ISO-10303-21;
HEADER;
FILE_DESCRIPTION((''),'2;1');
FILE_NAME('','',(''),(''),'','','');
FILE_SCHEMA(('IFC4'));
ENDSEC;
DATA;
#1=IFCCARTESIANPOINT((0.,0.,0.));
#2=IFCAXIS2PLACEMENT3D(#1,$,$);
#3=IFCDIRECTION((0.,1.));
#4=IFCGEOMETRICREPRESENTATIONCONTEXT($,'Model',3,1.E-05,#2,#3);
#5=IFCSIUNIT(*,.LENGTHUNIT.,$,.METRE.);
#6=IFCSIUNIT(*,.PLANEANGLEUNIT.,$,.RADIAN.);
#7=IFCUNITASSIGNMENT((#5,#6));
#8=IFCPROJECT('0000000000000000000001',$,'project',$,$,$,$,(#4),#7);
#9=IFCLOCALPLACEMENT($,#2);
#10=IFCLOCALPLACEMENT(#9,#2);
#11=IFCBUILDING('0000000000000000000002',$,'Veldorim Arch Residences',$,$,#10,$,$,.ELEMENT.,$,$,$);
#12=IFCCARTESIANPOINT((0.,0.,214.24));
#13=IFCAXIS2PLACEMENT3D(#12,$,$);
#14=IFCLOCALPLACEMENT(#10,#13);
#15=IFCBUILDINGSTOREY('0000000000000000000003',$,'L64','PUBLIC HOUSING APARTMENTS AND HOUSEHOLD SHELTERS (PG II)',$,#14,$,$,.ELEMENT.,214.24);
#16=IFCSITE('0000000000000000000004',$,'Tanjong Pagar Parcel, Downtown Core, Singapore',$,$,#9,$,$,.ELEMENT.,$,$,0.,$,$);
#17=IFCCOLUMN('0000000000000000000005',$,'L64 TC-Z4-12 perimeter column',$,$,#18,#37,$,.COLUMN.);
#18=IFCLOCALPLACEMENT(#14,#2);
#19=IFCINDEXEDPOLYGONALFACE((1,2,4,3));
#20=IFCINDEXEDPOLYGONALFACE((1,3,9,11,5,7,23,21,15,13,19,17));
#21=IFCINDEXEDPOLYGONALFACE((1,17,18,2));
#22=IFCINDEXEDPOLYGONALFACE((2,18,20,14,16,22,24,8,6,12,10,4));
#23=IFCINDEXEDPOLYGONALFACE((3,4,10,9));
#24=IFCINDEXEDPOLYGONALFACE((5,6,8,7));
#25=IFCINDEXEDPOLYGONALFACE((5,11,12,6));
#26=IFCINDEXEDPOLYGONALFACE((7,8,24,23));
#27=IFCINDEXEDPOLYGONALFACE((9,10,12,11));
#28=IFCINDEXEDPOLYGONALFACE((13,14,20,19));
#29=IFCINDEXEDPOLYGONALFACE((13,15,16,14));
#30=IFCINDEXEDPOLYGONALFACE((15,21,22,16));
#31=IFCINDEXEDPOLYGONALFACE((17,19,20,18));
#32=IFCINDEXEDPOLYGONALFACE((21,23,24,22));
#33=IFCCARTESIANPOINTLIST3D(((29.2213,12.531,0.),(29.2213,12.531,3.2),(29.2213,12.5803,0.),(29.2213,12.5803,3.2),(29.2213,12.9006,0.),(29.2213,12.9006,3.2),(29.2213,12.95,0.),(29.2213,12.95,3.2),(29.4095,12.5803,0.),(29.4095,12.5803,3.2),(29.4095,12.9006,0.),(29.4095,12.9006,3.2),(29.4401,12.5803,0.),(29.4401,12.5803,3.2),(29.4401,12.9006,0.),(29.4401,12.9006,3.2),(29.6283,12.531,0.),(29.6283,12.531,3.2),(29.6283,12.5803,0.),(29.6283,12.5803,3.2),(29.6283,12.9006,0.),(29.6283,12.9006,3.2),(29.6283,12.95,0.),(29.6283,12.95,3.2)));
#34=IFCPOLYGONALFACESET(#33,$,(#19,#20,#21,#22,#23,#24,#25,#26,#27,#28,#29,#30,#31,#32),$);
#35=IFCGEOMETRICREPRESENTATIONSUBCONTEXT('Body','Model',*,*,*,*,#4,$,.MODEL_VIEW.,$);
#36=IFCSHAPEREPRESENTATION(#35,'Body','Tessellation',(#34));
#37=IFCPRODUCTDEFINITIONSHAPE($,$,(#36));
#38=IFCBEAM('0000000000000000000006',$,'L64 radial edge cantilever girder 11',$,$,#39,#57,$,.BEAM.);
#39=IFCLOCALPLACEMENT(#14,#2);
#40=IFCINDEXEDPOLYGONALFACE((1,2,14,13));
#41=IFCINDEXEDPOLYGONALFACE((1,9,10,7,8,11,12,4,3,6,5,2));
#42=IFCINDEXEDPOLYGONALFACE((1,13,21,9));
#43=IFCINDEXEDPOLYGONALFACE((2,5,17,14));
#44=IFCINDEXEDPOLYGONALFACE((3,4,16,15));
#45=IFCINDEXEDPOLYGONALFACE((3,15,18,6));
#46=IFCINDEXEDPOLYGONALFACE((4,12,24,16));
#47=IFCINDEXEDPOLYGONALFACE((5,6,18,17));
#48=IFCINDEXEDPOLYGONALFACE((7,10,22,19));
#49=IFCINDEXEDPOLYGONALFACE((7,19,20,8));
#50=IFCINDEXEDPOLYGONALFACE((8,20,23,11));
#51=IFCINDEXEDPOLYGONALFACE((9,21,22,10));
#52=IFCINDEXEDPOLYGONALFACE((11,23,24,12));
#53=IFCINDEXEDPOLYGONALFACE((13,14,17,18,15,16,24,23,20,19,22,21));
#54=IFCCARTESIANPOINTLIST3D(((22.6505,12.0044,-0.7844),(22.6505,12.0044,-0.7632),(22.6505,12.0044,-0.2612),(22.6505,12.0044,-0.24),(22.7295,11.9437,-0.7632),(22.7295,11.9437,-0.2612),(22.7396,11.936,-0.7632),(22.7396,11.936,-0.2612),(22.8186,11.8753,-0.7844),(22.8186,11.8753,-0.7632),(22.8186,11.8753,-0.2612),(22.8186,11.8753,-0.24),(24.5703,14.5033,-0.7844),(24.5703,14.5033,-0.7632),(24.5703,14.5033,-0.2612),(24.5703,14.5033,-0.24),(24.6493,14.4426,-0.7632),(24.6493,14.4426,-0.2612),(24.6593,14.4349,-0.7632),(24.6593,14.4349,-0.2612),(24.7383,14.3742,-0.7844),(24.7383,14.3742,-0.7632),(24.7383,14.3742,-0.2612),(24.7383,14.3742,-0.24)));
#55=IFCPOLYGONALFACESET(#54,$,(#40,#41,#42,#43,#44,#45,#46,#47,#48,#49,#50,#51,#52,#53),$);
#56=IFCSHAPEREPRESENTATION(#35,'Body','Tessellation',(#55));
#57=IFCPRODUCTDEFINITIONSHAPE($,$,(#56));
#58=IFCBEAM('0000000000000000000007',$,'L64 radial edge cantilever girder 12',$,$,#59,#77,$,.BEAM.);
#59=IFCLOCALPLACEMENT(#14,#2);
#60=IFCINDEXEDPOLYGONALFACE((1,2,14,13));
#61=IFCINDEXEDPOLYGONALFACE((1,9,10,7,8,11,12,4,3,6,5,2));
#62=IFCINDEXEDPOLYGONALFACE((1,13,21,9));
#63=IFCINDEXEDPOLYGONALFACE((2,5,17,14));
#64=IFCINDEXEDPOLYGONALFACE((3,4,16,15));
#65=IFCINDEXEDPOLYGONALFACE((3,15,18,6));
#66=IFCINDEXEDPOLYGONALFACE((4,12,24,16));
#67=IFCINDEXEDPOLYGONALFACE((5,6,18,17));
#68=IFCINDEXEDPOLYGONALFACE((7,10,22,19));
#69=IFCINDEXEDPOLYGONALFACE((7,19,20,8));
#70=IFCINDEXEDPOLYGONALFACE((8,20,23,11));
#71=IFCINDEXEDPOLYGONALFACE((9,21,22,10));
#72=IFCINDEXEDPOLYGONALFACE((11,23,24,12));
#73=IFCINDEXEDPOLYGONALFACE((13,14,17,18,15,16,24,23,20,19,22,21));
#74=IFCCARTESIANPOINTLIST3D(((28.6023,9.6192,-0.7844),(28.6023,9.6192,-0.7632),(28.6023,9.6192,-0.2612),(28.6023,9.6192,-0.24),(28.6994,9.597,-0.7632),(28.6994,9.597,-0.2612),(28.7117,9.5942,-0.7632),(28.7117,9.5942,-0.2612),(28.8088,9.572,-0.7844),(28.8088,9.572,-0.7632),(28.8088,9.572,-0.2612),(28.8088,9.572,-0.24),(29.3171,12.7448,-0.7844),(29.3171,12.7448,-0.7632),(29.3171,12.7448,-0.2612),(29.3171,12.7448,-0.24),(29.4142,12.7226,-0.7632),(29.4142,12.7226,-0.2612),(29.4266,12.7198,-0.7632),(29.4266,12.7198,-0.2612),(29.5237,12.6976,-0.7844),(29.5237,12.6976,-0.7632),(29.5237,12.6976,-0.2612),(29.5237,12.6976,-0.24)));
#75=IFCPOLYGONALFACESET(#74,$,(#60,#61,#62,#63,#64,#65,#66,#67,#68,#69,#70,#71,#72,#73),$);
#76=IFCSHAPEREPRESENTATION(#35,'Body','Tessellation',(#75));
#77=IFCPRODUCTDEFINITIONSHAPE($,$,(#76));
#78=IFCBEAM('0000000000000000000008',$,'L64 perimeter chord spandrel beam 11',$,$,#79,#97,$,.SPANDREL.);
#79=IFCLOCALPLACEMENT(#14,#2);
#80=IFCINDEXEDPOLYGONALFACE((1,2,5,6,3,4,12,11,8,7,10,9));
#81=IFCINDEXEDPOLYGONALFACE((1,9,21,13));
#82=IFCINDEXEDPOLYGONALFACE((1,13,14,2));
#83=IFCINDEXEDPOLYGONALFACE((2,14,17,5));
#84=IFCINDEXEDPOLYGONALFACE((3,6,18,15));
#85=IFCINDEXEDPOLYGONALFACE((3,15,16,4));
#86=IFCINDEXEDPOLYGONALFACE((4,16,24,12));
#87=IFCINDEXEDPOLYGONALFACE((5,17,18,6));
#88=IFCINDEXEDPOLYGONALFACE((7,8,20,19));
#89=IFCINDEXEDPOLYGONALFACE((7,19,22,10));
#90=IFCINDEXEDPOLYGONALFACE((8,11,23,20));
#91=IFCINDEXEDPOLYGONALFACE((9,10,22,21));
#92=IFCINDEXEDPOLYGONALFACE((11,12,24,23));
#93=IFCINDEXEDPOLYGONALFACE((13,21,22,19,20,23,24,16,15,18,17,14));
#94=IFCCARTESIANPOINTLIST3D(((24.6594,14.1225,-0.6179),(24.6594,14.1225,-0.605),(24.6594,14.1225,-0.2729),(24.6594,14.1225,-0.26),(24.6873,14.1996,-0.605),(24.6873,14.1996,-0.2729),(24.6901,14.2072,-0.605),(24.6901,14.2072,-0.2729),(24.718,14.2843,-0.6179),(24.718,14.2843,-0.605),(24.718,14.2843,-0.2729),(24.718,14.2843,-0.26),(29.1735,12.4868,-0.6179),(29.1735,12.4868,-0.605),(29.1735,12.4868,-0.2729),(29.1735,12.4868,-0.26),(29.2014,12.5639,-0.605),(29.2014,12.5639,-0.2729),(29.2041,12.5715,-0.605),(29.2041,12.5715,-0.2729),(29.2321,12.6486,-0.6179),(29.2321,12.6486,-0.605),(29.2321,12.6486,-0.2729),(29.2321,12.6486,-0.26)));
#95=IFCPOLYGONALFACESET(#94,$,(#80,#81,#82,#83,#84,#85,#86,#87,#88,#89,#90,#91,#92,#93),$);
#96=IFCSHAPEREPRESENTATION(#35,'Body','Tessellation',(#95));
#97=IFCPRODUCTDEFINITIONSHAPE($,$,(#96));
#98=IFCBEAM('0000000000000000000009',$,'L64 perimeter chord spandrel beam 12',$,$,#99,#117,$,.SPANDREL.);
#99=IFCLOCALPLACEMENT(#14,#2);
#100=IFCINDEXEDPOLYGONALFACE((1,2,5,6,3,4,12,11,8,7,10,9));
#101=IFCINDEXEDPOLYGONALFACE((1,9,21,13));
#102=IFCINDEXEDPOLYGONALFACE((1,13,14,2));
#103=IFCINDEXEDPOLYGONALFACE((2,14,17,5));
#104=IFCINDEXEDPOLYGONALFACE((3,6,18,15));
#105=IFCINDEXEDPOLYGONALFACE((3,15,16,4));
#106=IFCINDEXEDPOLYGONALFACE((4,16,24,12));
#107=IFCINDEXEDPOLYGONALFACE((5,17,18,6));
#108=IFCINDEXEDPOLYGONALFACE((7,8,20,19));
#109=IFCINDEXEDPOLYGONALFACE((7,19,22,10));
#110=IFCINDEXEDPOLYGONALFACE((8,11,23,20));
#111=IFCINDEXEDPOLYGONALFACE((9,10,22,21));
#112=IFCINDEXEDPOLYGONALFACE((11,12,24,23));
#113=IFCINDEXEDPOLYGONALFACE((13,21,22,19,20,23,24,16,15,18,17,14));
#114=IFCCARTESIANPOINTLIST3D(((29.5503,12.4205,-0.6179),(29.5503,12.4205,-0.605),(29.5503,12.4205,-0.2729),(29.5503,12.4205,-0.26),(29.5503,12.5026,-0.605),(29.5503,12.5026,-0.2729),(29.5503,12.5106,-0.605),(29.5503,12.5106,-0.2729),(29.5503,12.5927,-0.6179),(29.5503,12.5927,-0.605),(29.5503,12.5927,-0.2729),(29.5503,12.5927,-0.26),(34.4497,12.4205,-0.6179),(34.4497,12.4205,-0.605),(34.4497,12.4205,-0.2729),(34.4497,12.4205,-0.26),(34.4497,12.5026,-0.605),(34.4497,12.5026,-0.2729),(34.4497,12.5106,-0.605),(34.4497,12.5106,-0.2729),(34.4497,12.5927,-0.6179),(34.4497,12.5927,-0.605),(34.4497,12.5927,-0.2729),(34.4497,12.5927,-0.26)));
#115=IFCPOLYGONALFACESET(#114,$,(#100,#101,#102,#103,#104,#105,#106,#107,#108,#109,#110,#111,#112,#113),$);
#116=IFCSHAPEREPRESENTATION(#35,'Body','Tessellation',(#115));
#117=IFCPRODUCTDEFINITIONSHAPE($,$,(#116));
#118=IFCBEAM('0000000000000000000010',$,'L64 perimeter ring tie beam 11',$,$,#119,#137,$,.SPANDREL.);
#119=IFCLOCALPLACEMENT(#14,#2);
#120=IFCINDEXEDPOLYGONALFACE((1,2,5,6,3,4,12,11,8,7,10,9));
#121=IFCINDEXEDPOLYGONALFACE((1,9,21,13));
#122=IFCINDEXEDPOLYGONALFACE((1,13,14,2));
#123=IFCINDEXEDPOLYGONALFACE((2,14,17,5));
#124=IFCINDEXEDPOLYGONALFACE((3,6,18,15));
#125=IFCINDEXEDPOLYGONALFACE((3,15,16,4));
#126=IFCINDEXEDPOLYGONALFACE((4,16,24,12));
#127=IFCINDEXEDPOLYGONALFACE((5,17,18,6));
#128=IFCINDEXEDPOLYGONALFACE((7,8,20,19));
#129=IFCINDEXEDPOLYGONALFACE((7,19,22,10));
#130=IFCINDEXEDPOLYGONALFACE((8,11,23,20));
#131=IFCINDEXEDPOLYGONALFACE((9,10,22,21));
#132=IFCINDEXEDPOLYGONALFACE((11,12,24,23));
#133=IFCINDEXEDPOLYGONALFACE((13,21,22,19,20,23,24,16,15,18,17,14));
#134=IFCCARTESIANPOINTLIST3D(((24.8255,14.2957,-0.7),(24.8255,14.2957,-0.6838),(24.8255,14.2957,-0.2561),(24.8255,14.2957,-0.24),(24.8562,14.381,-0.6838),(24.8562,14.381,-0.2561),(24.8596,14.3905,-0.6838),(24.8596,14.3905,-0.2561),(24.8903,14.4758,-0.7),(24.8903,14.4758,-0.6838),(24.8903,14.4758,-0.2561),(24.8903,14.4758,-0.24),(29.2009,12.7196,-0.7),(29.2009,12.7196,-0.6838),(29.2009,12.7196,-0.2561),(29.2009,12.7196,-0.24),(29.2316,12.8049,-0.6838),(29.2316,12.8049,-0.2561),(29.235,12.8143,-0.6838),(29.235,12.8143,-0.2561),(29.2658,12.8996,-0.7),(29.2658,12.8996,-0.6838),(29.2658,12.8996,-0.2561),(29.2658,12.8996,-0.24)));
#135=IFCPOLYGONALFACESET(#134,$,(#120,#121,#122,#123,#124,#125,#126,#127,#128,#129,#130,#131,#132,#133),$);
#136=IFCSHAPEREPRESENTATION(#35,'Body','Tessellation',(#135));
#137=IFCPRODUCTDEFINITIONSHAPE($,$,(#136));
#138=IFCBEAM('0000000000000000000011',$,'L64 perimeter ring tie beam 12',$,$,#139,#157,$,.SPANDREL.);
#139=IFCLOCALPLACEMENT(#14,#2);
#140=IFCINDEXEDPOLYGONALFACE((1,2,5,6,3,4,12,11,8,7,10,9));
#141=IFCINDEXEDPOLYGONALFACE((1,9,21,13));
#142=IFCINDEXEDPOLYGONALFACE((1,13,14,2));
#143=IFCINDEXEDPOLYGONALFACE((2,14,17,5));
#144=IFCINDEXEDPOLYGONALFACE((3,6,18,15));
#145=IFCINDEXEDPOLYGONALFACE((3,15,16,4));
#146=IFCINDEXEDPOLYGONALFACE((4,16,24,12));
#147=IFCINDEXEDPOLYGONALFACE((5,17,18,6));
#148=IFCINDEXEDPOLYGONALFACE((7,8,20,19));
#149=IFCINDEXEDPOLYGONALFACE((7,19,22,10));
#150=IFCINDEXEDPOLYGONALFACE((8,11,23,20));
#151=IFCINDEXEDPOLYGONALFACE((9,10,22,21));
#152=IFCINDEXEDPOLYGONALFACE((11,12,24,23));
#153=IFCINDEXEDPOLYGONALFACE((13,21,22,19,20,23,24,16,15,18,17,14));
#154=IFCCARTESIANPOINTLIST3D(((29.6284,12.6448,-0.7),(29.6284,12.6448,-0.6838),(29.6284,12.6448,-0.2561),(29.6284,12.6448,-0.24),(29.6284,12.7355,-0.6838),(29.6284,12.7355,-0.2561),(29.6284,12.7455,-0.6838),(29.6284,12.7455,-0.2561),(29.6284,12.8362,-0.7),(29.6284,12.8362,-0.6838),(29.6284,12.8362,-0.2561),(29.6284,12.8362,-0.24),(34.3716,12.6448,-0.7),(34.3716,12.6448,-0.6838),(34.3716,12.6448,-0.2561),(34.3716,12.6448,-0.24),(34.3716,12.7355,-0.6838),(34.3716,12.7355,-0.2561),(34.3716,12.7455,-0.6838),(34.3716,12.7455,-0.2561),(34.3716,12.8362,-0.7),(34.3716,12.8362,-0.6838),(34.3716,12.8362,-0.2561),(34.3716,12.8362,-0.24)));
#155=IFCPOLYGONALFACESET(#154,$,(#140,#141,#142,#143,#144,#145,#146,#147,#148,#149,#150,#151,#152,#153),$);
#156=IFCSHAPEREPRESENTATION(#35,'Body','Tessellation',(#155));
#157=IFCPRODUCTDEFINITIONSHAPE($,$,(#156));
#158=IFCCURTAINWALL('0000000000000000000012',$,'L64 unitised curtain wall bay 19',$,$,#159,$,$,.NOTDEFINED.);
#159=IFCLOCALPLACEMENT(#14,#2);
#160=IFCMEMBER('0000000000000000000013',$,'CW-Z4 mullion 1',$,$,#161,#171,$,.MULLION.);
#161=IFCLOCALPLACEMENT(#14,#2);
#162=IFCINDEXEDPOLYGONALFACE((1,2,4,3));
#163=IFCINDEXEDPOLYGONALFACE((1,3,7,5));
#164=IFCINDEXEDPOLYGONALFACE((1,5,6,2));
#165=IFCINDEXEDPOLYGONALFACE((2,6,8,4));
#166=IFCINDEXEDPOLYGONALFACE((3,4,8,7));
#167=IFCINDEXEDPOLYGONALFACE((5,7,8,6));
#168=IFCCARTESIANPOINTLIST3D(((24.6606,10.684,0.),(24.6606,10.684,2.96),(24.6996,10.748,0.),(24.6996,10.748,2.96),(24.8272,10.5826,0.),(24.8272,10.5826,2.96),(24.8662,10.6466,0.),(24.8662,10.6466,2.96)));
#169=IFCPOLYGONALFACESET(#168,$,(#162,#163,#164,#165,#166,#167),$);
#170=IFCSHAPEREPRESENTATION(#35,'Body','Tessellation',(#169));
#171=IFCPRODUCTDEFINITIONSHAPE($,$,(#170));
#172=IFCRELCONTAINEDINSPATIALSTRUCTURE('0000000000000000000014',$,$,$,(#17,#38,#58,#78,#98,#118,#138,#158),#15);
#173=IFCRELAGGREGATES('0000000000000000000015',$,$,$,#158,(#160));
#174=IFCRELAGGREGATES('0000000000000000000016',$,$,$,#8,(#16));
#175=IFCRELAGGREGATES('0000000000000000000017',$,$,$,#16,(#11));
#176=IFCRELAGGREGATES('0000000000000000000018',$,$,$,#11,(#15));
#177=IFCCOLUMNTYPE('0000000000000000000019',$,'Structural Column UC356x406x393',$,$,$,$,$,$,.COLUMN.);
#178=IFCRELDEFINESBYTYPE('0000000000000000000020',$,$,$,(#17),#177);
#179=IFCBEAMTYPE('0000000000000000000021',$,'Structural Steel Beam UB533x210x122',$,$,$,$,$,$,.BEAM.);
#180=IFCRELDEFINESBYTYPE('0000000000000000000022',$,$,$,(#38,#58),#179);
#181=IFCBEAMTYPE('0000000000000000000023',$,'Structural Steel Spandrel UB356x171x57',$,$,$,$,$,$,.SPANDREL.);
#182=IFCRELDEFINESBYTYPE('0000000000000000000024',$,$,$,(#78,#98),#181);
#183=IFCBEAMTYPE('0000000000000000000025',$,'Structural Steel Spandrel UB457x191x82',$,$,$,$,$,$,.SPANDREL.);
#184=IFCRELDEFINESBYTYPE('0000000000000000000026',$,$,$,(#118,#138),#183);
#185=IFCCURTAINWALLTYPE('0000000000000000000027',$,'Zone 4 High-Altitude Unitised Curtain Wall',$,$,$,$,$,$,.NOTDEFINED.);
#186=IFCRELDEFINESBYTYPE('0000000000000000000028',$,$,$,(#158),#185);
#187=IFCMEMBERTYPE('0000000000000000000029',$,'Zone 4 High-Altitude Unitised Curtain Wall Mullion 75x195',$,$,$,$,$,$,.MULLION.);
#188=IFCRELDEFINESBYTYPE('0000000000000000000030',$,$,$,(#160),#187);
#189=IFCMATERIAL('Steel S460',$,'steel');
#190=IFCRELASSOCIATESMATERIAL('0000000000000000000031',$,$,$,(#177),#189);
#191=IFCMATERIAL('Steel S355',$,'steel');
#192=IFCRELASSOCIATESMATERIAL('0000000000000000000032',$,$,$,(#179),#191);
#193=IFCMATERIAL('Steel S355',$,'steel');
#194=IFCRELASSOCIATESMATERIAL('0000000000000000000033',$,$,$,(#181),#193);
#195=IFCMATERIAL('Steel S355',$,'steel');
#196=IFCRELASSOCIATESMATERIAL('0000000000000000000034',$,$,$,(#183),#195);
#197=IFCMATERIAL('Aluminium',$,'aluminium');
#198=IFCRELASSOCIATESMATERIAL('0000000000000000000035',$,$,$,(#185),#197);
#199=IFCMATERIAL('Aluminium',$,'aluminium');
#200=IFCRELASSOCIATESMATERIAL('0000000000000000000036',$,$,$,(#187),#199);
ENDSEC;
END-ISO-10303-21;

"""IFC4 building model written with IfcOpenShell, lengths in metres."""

from ifc_helpers import new_model, si_unit, direction, frame, origin, origin_2d, place, context, subcontext, project, spatial, rectangle, i_section, extrude, material, material_profile, profile_set, type_object, element, aggregate, save


model = new_model("IFC4")

# Units and contexts
model_context = context("Model", 3, precision=1e-05, world=origin(), true_north=direction((0.0, 1.0)))
body_context = subcontext(model_context, "Body", "Model", "MODEL_VIEW")
ifc_project = project(units=[si_unit("LENGTHUNIT", "METRE"), si_unit("PLANEANGLEUNIT", "RADIAN")], contexts=[model_context])

# Site, building, storey
site_placement = place(None, origin())
site = spatial("IfcSite", under=ifc_project, at=site_placement, Name="Tanjong Pagar Parcel, Downtown Core, Singapore", CompositionType="ELEMENT", RefElevation=0.0)
building_placement = place(site_placement, origin())
building = spatial("IfcBuilding", under=site, at=building_placement, Name="Veldorim Arch Residences", CompositionType="ELEMENT")
storey_placement = place(building_placement, frame((0.0, 0.0, 214.24)))
storey = spatial("IfcBuildingStorey", under=building, at=storey_placement, Name="L64", Description="PUBLIC HOUSING APARTMENTS AND HOUSEHOLD SHELTERS (PG II)", CompositionType="ELEMENT", Elevation=214.24)

# Column
ifc_material_1 = material(Name="Steel S460", Category="steel")
ifc_material_profile_1 = material_profile(ifc_material_1, i_section(OverallWidth=0.407, OverallDepth=0.4189, WebThickness=0.0305, FlangeThickness=0.0493, at=origin_2d()), Name="UC356x406x393")
ifc_profile_set_1 = profile_set([ifc_material_profile_1], Name="Steel S460")
column_type = type_object("IfcColumnType", Name="Structural Column UC356x406x393", PredefinedType="COLUMN", material=ifc_profile_set_1)
column_placement = place(storey_placement, frame((29.4248, 12.7405, 0.0), z_axis=(0.0, 0.0, 1.0), x_axis=(1.0, 0.0, 0.0)))
element("IfcColumn", 1, at=column_placement, inside=storey, type_object=column_type, Name="L64 TC-Z4-12 perimeter column", PredefinedType="COLUMN", context=body_context, shape_type="SweptSolid", body=[
    extrude(i_section(OverallWidth=0.407, OverallDepth=0.4189, WebThickness=0.0305, FlangeThickness=0.0493, at=origin_2d()), origin(), (0.0, 0.0, 1.0), 3.2),
])

# Beams
ifc_material_2 = material(Name="Steel S355", Category="steel")
ifc_material_profile_2 = material_profile(ifc_material_2, i_section(OverallWidth=0.2119, OverallDepth=0.5444, WebThickness=0.0127, FlangeThickness=0.0212, at=origin_2d()), Name="UB533x210x122")
ifc_profile_set_2 = profile_set([ifc_material_profile_2], Name="Steel S355")
beam_type_1 = type_object("IfcBeamType", Name="Structural Steel Beam UB533x210x122", PredefinedType="BEAM", material=ifc_profile_set_2)
beam_1_placement = place(storey_placement, frame((24.6543, 14.4387, -0.5122), z_axis=(-0.60922, -0.793001, 0.0), x_axis=(0.793001, -0.60922, 0.0)))
element("IfcBeam", 2, at=beam_1_placement, inside=storey, type_object=beam_type_1, Name="L64 radial edge cantilever girder 11", PredefinedType="BEAM", context=body_context, shape_type="SweptSolid", body=[
    extrude(i_section(OverallWidth=0.2119, OverallDepth=0.5444, WebThickness=0.0127, FlangeThickness=0.0212, at=origin_2d()), origin(), (0.0, 0.0, 1.0), 3.1511),
])
beam_2_placement = place(storey_placement, frame((29.4204, 12.7212, -0.5122), z_axis=(-0.222957, -0.974828, 0.0), x_axis=(0.974828, -0.222957, 0.0)))
element("IfcBeam", 3, at=beam_2_placement, inside=storey, type_object=beam_type_1, Name="L64 radial edge cantilever girder 12", PredefinedType="BEAM", context=body_context, shape_type="SweptSolid", body=[
    extrude(i_section(OverallWidth=0.2119, OverallDepth=0.5444, WebThickness=0.0127, FlangeThickness=0.0212, at=origin_2d()), origin(), (0.0, 0.0, 1.0), 3.2063),
])
ifc_material_3 = material(Name="Steel S355", Category="steel")
ifc_material_profile_3 = material_profile(ifc_material_3, i_section(OverallWidth=0.1721, OverallDepth=0.3579, WebThickness=0.0081, FlangeThickness=0.0129, at=origin_2d()), Name="UB356x171x57")
ifc_profile_set_3 = profile_set([ifc_material_profile_3], Name="Steel S355")
beam_type_2 = type_object("IfcBeamType", Name="Structural Steel Spandrel UB356x171x57", PredefinedType="SPANDREL", material=ifc_profile_set_3)
beam_3_placement = place(storey_placement, frame((24.6887, 14.2034, -0.439), z_axis=(0.940179, -0.340681, 0.0), x_axis=(0.340681, 0.940179, 0.0)))
element("IfcBeam", 4, at=beam_3_placement, inside=storey, type_object=beam_type_2, Name="L64 perimeter chord spandrel beam 11", PredefinedType="SPANDREL", context=body_context, shape_type="SweptSolid", body=[
    extrude(i_section(OverallWidth=0.1721, OverallDepth=0.3579, WebThickness=0.0081, FlangeThickness=0.0129, at=origin_2d()), origin(), (0.0, 0.0, 1.0), 4.8013),
])
beam_4_placement = place(storey_placement, frame((29.5503, 12.5066, -0.439), z_axis=(1.0, 0.0, 0.0), x_axis=(0.0, 1.0, 0.0)))
element("IfcBeam", 5, at=beam_4_placement, inside=storey, type_object=beam_type_2, Name="L64 perimeter chord spandrel beam 12", PredefinedType="SPANDREL", context=body_context, shape_type="SweptSolid", body=[
    extrude(i_section(OverallWidth=0.1721, OverallDepth=0.3579, WebThickness=0.0081, FlangeThickness=0.0129, at=origin_2d()), origin(), (0.0, 0.0, 1.0), 4.8994),
])
ifc_material_4 = material(Name="Steel S355", Category="steel")
ifc_material_profile_4 = material_profile(ifc_material_4, i_section(OverallWidth=0.1914, OverallDepth=0.46, WebThickness=0.01, FlangeThickness=0.0161, at=origin_2d()), Name="UB457x191x82")
ifc_profile_set_4 = profile_set([ifc_material_profile_4], Name="Steel S355")
beam_type_3 = type_object("IfcBeamType", Name="Structural Steel Spandrel UB457x191x82", PredefinedType="SPANDREL", material=ifc_profile_set_4)
beam_5_placement = place(storey_placement, frame((24.8579, 14.3857, -0.47), z_axis=(0.940819, -0.338909, 0.0), x_axis=(0.338909, 0.940819, 0.0)))
element("IfcBeam", 6, at=beam_5_placement, inside=storey, type_object=beam_type_3, Name="L64 perimeter ring tie beam 11", PredefinedType="SPANDREL", context=body_context, shape_type="SweptSolid", body=[
    extrude(i_section(OverallWidth=0.1914, OverallDepth=0.46, WebThickness=0.01, FlangeThickness=0.0161, at=origin_2d()), origin(), (0.0, 0.0, 1.0), 4.6506),
])
beam_6_placement = place(storey_placement, frame((29.6284, 12.7405, -0.47), z_axis=(1.0, 0.0, 0.0), x_axis=(0.0, 1.0, 0.0)))
element("IfcBeam", 7, at=beam_6_placement, inside=storey, type_object=beam_type_3, Name="L64 perimeter ring tie beam 12", PredefinedType="SPANDREL", context=body_context, shape_type="SweptSolid", body=[
    extrude(i_section(OverallWidth=0.1914, OverallDepth=0.46, WebThickness=0.01, FlangeThickness=0.0161, at=origin_2d()), origin(), (0.0, 0.0, 1.0), 4.7432),
])

# Curtain wall, member
ifc_material_5 = material(Name="Aluminium", Category="aluminium")
curtain_wall_type = type_object("IfcCurtainWallType", Name="Zone 4 High-Altitude Unitised Curtain Wall", PredefinedType="NOTDEFINED", material=ifc_material_5)
curtain_wall_placement = place(storey_placement, origin())
curtain_wall = element("IfcCurtainWall", 8, at=curtain_wall_placement, inside=storey, type_object=curtain_wall_type, Name="L64 unitised curtain wall bay 19", PredefinedType="NOTDEFINED")
ifc_material_6 = material(Name="Aluminium", Category="aluminium")
ifc_material_profile_5 = material_profile(ifc_material_6, rectangle(XDim=0.075, YDim=0.1951, at=origin_2d()), Name="ALU_MUL_75x195")
ifc_profile_set_5 = profile_set([ifc_material_profile_5], Name="Aluminium")
member_type_1 = type_object("IfcMemberType", Name="Zone 4 High-Altitude Unitised Curtain Wall Mullion 75x195", PredefinedType="MULLION", material=ifc_profile_set_5)
member_1_placement = place(storey_placement, frame((24.7634, 10.6653, 0.0), z_axis=(0.0, 0.0, 1.0), x_axis=(-0.520033, -0.854146, 0.0)))
member_1 = element("IfcMember", 9, at=member_1_placement, type_object=member_type_1, Name="CW-Z4 mullion 1", PredefinedType="MULLION", context=body_context, shape_type="SweptSolid", body=[
    extrude(rectangle(XDim=0.075, YDim=0.1951, at=origin_2d()), origin(), (0.0, 0.0, 1.0), 2.96),
])
aggregate(curtain_wall, [member_1])

save(model, "model.ifc")
